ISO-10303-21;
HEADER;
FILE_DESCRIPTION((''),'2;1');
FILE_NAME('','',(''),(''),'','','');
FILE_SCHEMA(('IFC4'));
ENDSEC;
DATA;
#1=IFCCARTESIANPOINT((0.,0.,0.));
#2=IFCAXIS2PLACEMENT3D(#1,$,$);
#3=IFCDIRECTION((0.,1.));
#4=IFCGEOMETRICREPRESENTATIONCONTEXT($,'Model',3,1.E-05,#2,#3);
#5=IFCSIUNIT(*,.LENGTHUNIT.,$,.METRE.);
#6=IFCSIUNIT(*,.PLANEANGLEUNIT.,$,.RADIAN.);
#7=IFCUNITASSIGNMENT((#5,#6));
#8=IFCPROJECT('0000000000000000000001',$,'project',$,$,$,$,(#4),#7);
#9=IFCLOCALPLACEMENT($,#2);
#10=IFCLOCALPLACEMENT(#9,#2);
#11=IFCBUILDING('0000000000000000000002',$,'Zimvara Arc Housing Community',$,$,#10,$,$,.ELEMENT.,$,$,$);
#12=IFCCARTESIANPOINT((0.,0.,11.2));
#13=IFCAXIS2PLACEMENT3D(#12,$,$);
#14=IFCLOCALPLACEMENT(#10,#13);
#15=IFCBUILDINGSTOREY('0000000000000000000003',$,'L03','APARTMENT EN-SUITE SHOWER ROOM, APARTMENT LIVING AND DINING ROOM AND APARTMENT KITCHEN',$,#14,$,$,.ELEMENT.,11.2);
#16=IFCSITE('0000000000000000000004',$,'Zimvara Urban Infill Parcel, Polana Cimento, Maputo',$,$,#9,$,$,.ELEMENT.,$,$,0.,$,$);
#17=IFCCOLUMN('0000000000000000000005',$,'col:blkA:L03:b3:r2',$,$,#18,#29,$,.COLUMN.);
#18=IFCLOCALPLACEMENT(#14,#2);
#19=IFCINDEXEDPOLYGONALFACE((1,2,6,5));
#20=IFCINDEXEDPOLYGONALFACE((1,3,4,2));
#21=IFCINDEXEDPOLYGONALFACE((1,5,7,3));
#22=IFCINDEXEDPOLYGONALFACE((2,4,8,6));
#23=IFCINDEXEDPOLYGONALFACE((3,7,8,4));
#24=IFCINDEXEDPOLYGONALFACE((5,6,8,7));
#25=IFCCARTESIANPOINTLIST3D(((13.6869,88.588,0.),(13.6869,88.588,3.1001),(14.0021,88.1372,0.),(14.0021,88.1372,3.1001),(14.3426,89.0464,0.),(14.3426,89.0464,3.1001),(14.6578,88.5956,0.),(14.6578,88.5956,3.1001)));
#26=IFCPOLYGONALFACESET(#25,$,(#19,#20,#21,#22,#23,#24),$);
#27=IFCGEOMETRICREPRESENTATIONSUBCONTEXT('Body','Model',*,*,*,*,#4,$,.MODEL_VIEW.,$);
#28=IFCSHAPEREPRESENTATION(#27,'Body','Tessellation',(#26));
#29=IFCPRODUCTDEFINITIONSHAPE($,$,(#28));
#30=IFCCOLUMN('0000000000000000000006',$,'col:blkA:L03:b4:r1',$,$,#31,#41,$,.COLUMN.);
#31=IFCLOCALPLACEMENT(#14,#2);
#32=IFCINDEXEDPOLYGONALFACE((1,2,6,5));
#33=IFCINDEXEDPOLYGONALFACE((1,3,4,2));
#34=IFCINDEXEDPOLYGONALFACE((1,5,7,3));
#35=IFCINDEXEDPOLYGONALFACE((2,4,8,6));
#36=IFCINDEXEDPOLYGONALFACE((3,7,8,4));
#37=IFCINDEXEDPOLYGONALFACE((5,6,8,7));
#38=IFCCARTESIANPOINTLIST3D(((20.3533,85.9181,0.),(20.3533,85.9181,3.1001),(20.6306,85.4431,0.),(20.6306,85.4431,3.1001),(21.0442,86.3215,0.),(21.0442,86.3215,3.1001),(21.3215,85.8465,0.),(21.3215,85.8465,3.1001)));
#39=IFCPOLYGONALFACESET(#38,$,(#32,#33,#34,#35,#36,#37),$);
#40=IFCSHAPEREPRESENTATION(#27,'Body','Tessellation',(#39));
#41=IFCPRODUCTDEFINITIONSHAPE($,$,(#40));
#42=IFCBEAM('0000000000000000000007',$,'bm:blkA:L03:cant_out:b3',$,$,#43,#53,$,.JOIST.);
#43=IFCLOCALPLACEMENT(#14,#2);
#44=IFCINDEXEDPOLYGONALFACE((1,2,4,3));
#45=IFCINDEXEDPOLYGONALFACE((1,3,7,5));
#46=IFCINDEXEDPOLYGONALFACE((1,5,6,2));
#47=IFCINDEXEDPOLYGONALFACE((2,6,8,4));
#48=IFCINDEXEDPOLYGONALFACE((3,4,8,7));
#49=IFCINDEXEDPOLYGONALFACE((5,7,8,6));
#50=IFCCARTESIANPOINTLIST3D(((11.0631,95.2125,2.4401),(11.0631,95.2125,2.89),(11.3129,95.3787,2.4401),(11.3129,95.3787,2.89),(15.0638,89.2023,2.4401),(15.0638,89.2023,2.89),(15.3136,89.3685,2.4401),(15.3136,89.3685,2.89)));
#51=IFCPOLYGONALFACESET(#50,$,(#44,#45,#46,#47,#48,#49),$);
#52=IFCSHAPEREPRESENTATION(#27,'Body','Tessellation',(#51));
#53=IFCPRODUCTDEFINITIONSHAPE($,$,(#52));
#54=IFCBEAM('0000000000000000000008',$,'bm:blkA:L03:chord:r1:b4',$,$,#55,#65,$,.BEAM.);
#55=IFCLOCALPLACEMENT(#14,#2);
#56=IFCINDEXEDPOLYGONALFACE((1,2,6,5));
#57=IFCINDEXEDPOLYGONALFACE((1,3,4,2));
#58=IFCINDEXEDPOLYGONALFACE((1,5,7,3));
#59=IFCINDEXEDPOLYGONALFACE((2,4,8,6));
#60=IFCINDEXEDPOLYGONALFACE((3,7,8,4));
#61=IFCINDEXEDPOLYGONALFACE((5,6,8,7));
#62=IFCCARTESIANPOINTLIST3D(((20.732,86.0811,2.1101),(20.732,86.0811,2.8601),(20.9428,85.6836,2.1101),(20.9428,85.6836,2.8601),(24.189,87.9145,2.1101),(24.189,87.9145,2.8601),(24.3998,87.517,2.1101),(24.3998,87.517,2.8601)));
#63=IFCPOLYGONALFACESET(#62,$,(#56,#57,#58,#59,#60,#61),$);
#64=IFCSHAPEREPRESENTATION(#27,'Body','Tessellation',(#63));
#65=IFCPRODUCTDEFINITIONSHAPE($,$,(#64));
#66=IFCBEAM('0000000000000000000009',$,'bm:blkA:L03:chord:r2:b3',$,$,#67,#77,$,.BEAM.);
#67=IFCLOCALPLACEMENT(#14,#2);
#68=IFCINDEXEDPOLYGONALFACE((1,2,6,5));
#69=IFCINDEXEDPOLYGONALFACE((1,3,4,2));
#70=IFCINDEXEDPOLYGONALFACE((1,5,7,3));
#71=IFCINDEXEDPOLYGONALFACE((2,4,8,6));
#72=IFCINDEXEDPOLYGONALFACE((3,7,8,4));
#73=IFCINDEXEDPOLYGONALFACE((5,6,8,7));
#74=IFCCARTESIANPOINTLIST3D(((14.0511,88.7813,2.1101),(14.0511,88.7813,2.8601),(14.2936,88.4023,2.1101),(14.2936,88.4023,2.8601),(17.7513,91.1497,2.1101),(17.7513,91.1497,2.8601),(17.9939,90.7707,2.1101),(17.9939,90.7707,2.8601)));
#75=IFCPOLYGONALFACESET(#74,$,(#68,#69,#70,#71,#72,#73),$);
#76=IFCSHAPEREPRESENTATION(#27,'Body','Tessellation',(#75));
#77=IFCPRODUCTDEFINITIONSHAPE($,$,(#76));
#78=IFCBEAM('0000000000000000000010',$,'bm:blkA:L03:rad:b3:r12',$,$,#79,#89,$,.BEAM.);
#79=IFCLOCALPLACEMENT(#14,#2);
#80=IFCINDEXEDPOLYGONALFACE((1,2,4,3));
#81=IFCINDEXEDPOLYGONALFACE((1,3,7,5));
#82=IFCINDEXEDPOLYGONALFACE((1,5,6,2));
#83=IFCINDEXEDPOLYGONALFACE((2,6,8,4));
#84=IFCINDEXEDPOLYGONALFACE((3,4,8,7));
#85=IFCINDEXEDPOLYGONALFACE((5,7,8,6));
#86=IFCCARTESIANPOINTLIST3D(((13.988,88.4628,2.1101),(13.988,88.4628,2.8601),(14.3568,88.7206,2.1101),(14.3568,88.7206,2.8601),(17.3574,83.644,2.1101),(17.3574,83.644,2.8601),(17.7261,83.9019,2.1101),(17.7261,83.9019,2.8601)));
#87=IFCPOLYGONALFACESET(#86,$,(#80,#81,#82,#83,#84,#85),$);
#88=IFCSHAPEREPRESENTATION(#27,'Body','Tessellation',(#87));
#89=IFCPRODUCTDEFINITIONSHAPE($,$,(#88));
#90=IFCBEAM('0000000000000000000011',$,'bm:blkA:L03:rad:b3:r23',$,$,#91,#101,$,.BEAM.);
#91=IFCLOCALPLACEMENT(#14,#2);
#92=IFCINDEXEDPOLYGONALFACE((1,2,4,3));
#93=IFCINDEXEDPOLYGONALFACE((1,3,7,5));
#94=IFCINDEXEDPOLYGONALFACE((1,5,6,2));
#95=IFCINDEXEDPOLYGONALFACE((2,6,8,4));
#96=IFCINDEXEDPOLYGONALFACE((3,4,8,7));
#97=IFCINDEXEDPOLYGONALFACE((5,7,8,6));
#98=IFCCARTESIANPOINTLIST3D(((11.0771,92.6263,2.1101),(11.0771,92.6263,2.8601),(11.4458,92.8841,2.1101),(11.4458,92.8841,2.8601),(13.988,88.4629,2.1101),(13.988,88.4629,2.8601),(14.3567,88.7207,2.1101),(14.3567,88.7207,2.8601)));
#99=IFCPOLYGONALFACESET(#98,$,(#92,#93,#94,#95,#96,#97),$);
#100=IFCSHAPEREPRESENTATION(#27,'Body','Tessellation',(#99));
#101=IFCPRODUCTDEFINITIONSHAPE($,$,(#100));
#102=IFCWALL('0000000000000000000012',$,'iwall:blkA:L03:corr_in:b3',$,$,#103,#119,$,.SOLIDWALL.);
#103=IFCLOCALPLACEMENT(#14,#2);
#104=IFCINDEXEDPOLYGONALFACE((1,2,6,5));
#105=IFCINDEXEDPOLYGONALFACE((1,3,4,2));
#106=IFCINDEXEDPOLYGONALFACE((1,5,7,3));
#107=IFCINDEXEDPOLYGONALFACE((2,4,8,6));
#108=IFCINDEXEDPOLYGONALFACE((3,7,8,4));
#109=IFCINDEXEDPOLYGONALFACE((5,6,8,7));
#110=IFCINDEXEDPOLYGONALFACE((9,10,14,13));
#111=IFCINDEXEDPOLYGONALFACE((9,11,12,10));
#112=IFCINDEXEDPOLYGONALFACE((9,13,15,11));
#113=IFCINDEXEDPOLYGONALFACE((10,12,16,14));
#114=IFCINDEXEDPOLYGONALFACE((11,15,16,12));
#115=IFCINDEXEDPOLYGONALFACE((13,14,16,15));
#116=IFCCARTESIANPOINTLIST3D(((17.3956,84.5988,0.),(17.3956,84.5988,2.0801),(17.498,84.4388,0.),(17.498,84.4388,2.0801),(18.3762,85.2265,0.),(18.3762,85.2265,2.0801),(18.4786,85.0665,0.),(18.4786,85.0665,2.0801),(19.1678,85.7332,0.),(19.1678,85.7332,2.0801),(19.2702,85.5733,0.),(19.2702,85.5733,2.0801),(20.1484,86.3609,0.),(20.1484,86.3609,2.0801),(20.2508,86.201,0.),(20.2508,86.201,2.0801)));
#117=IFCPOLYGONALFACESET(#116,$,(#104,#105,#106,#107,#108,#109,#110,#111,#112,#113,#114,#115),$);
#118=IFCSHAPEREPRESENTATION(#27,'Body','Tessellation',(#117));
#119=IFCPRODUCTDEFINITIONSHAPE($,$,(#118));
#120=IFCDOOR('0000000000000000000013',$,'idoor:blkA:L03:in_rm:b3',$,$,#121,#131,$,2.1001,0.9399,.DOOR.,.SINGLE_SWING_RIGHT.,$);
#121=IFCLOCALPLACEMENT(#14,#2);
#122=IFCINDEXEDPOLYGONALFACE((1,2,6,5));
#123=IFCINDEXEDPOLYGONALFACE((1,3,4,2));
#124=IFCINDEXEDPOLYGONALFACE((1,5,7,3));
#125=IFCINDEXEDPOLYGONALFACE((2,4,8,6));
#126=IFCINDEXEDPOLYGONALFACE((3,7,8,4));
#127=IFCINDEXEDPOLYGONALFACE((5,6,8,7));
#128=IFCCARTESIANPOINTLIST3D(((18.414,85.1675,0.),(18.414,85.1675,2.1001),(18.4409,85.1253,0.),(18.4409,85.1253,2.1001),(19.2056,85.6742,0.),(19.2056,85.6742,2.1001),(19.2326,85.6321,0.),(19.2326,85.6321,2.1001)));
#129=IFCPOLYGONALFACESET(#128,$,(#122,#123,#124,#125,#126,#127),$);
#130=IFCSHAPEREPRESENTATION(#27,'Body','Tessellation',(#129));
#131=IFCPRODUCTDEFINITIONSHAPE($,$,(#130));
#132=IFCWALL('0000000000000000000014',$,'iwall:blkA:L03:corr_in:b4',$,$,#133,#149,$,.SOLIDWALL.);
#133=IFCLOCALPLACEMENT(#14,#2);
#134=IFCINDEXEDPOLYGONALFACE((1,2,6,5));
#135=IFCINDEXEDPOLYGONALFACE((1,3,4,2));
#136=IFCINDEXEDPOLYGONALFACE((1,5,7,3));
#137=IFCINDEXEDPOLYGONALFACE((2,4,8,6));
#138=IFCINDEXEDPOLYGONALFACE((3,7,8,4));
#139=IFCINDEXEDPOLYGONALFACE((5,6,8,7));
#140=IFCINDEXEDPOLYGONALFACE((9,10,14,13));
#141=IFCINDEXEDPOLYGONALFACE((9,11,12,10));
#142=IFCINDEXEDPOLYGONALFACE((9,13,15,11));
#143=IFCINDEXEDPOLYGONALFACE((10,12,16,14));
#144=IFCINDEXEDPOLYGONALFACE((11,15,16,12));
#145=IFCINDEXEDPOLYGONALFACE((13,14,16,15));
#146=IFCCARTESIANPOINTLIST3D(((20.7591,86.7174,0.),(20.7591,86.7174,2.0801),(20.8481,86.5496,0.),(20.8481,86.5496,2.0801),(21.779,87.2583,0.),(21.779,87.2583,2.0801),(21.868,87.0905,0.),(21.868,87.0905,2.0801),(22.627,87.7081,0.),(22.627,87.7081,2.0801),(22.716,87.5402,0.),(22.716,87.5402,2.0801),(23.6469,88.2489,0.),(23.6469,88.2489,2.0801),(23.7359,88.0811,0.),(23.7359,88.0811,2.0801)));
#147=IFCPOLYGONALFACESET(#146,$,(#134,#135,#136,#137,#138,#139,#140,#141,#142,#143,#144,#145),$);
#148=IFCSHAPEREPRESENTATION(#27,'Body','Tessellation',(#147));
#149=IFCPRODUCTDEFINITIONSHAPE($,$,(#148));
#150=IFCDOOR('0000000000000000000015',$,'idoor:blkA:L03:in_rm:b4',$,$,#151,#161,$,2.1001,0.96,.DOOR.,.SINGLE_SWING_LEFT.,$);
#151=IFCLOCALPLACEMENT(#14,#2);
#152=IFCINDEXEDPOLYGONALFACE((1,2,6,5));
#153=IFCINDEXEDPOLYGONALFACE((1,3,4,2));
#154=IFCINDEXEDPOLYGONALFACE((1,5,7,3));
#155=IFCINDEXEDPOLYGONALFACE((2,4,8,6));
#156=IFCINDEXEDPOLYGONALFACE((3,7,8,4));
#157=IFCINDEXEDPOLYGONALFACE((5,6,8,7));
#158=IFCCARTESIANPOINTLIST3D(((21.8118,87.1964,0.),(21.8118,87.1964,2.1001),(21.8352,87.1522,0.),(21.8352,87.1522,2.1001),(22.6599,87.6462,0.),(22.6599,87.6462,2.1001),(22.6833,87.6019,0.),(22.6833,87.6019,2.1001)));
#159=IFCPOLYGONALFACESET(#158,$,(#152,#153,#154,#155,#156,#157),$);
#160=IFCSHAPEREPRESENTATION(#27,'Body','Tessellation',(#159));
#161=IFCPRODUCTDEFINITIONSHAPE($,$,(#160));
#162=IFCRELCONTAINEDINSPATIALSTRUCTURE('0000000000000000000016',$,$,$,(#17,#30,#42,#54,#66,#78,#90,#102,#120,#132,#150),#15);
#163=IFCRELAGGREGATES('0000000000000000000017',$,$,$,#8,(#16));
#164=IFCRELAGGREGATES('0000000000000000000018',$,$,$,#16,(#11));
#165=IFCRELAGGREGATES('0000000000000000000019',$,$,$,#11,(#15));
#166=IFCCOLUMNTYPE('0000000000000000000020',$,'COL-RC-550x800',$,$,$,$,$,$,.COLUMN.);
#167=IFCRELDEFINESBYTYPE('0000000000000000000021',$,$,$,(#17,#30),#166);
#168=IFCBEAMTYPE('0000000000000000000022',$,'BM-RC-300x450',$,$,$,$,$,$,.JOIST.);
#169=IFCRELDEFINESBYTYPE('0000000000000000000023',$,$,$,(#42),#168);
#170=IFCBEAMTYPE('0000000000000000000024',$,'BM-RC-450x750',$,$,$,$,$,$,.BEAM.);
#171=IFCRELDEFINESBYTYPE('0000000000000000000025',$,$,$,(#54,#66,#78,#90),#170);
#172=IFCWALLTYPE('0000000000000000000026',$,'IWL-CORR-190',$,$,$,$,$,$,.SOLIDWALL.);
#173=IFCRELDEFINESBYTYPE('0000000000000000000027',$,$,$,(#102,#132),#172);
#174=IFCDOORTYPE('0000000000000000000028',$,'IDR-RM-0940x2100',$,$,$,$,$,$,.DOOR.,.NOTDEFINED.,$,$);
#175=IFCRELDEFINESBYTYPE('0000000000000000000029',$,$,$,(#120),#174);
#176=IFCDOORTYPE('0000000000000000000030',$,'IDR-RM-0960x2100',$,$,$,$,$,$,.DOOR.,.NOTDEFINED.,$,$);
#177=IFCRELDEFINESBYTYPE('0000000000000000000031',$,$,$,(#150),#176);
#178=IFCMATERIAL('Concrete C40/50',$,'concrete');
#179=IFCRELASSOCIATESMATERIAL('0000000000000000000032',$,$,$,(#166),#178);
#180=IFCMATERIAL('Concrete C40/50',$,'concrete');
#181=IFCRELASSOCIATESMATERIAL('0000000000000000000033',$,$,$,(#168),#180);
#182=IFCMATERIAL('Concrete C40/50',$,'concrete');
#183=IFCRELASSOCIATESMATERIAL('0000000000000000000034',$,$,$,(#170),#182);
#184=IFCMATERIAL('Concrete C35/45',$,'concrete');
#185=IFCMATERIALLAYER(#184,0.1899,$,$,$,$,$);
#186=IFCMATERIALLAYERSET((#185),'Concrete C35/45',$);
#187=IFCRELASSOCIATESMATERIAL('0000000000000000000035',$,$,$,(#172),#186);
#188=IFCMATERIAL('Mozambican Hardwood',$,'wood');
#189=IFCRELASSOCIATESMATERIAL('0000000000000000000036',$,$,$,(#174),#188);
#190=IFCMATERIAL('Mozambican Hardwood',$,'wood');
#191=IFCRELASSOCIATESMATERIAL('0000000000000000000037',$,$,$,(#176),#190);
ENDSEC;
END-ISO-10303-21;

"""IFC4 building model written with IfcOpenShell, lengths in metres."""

from ifc_helpers import new_model, si_unit, direction, frame, frame_2d, origin, origin_2d, place, context, subcontext, project, spatial, rectangle, extrude, material, layer, layer_set, material_profile, profile_set, type_object, element, fill, save


model = new_model("IFC4")

# Units and contexts
model_context = context("Model", 3, precision=1e-05, world=origin(), true_north=direction((0.0, 1.0)))
body_context = subcontext(model_context, "Body", "Model", "MODEL_VIEW")
ifc_project = project(units=[si_unit("LENGTHUNIT", "METRE"), si_unit("PLANEANGLEUNIT", "RADIAN")], contexts=[model_context])

# Site, building, storey
site_placement = place(None, origin())
site = spatial("IfcSite", under=ifc_project, at=site_placement, Name="Zimvara Urban Infill Parcel, Polana Cimento, Maputo", CompositionType="ELEMENT", RefElevation=0.0)
building_placement = place(site_placement, origin())
building = spatial("IfcBuilding", under=site, at=building_placement, Name="Zimvara Arc Housing Community", CompositionType="ELEMENT")
storey_placement = place(building_placement, frame((0.0, 0.0, 11.2)))
storey = spatial("IfcBuildingStorey", under=building, at=storey_placement, Name="L03", Description="APARTMENT EN-SUITE SHOWER ROOM, APARTMENT LIVING AND DINING ROOM AND APARTMENT KITCHEN", CompositionType="ELEMENT", Elevation=11.2)

# Columns
ifc_material_1 = material(Name="Concrete C40/50", Category="concrete")
ifc_material_profile_1 = material_profile(ifc_material_1, rectangle(XDim=0.55, YDim=0.8, at=origin_2d()), Name="RC 550x800")
ifc_profile_set_1 = profile_set([ifc_material_profile_1], Name="Concrete C40/50")
column_type = type_object("IfcColumnType", Name="COL-RC-550x800", PredefinedType="COLUMN", material=ifc_profile_set_1)
for number, where, z_axis, x_axis, name in (
    (1, (14.1724, 88.5918, 0.0), (0.0, 0.0, 1.0), (-0.573004, 0.819552, 0.0), "col:blkA:L03:b3:r2"),
    (2, (20.8374, 85.8823, 0.0), (0.0, 0.0, 1.0), (-0.504226, 0.863572, 0.0), "col:blkA:L03:b4:r1"),
):
    element("IfcColumn", number, at=place(storey_placement, frame(where, z_axis=z_axis, x_axis=x_axis)), inside=storey, type_object=column_type, Name=name, PredefinedType="COLUMN", context=body_context, shape_type="SweptSolid", body=[
        extrude(rectangle(XDim=0.55, YDim=0.8, at=origin_2d()), origin(), (0.0, 0.0, 1.0), 3.1001),
    ])

# Beams
ifc_material_2 = material(Name="Concrete C40/50", Category="concrete")
ifc_material_profile_2 = material_profile(ifc_material_2, rectangle(XDim=0.3, YDim=0.45, at=origin_2d()), Name="RC 300x450")
ifc_profile_set_2 = profile_set([ifc_material_profile_2], Name="Concrete C40/50")
beam_type_1 = type_object("IfcBeamType", Name="BM-RC-300x450", PredefinedType="JOIST", material=ifc_profile_set_2)
beam_1_placement = place(storey_placement, frame((15.1887, 89.2854, 2.665), z_axis=(-0.554115, 0.83244, 0.0), x_axis=(-0.83244, -0.554115, 0.0)))
element("IfcBeam", 3, at=beam_1_placement, inside=storey, type_object=beam_type_1, Name="bm:blkA:L03:cant_out:b3", PredefinedType="JOIST", context=body_context, shape_type="SweptSolid", body=[
    extrude(rectangle(XDim=0.3, YDim=0.45, at=origin_2d()), origin(), (0.0, 0.0, 1.0), 7.22),
])
ifc_material_3 = material(Name="Concrete C40/50", Category="concrete")
ifc_material_profile_3 = material_profile(ifc_material_3, rectangle(XDim=0.45, YDim=0.75, at=origin_2d()), Name="RC 450x750")
ifc_profile_set_3 = profile_set([ifc_material_profile_3], Name="Concrete C40/50")
beam_type_2 = type_object("IfcBeamType", Name="BM-RC-450x750", PredefinedType="BEAM", material=ifc_profile_set_3)
beam_2_placement = place(storey_placement, frame((20.8374, 85.8823, 2.4851), z_axis=(0.883439, 0.468547, 0.0), x_axis=(-0.468547, 0.883439, 0.0)))
element("IfcBeam", 4, at=beam_2_placement, inside=storey, type_object=beam_type_2, Name="bm:blkA:L03:chord:r1:b4", PredefinedType="BEAM", context=body_context, shape_type="SweptSolid", body=[
    extrude(rectangle(XDim=0.45, YDim=0.75, at=origin_2d()), origin(), (0.0, 0.0, 1.0), 3.9131),
])
beam_3_placement = place(storey_placement, frame((14.1724, 88.5918, 2.4851), z_axis=(0.842242, 0.539099, 0.0), x_axis=(-0.539099, 0.842242, 0.0)))
element("IfcBeam", 5, at=beam_3_placement, inside=storey, type_object=beam_type_2, Name="bm:blkA:L03:chord:r2:b3", PredefinedType="BEAM", context=body_context, shape_type="SweptSolid", body=[
    extrude(rectangle(XDim=0.45, YDim=0.75, at=origin_2d()), origin(), (0.0, 0.0, 1.0), 4.3933),
])
beam_4_placement = place(storey_placement, frame((17.5417, 83.7729, 2.4851), z_axis=(-0.573028, 0.819536, 0.0), x_axis=(-0.819536, -0.573028, 0.0)))
element("IfcBeam", 6, at=beam_4_placement, inside=storey, type_object=beam_type_2, Name="bm:blkA:L03:rad:b3:r12", PredefinedType="BEAM", context=body_context, shape_type="SweptSolid", body=[
    extrude(rectangle(XDim=0.45, YDim=0.75, at=origin_2d()), origin(), (0.0, 0.0, 1.0), 5.8799),
])
beam_5_placement = place(storey_placement, frame((14.1724, 88.5918, 2.4851), z_axis=(-0.573007, 0.81955, 0.0), x_axis=(-0.81955, -0.573007, 0.0)))
element("IfcBeam", 7, at=beam_5_placement, inside=storey, type_object=beam_type_2, Name="bm:blkA:L03:rad:b3:r23", PredefinedType="BEAM", context=body_context, shape_type="SweptSolid", body=[
    extrude(rectangle(XDim=0.45, YDim=0.75, at=origin_2d()), origin(), (0.0, 0.0, 1.0), 5.0801),
])

# Shared definitions
ifc_material_4 = material(Name="Concrete C35/45", Category="concrete")
ifc_layer_1 = layer(ifc_material_4, 0.1899)
ifc_layer_set_1 = layer_set([ifc_layer_1], Name="Concrete C35/45")
wall_type_1 = type_object("IfcWallType", Name="IWL-CORR-190", PredefinedType="SOLIDWALL", material=ifc_layer_set_1)

# Walls, openings, doors
wall_1_placement = place(storey_placement, frame((17.4468, 84.5188, 0.0), z_axis=(0.0, 0.0, 1.0), x_axis=(0.842225, 0.539126, 0.0)))
wall_1 = element("IfcWall", 8, at=wall_1_placement, inside=storey, type_object=wall_type_1, Name="iwall:blkA:L03:corr_in:b3", PredefinedType="SOLIDWALL", context=body_context, shape_type="SweptSolid", body=[
    extrude(rectangle(XDim=3.2686, YDim=0.1899, at=frame_2d((1.6343, 0.0))), origin(), (0.0, 0.0, 1.0), 2.0801),
])
opening_1_placement = place(wall_1_placement, frame((1.1643, 0.0, 0.0)))
opening_1 = element("IfcOpeningElement", 9, at=opening_1_placement, cuts=wall_1, PredefinedType="OPENING", context=body_context, shape_type="SweptSolid", body=[
    extrude(rectangle(XDim=0.9399, YDim=2.1001, at=frame_2d((0.47, 1.05))), frame((0.0, 0.105, 0.0), z_axis=(0.0, -1.0, 0.0), x_axis=(1.0, 0.0, 0.0)), (0.0, 0.0, 1.0), 0.21),
])
ifc_material_5 = material(Name="Mozambican Hardwood", Category="wood")
door_type_1 = type_object("IfcDoorType", Name="IDR-RM-0940x2100", OperationType="NOTDEFINED", PredefinedType="DOOR", material=ifc_material_5)
door_1_placement = place(opening_1_placement, origin())
door_1 = element("IfcDoor", 10, at=door_1_placement, inside=storey, type_object=door_type_1, Name="idoor:blkA:L03:in_rm:b3", OperationType="SINGLE_SWING_RIGHT", OverallHeight=2.1001, OverallWidth=0.9399, PredefinedType="DOOR", context=body_context, shape_type="SweptSolid", body=[
    extrude(rectangle(XDim=0.9399, YDim=2.1001, at=frame_2d((0.47, 1.05))), frame((0.0, 0.0249, 0.0), z_axis=(0.0, -1.0, 0.0), x_axis=(1.0, 0.0, 0.0)), (0.0, 0.0, 1.0), 0.05),
])
fill(opening_1, door_1)
wall_2_placement = place(storey_placement, frame((20.8037, 86.6335, 0.0), z_axis=(0.0, 0.0, 1.0), x_axis=(0.883444, 0.468536, 0.0)))
wall_2 = element("IfcWall", 11, at=wall_2_placement, inside=storey, type_object=wall_type_1, Name="iwall:blkA:L03:corr_in:b4", PredefinedType="SOLIDWALL", context=body_context, shape_type="SweptSolid", body=[
    extrude(rectangle(XDim=3.2688, YDim=0.1899, at=frame_2d((1.6343, 0.0))), origin(), (0.0, 0.0, 1.0), 2.0801),
])
opening_2_placement = place(wall_2_placement, frame((1.1543, 0.0, 0.0)))
opening_2 = element("IfcOpeningElement", 12, at=opening_2_placement, cuts=wall_2, PredefinedType="OPENING", context=body_context, shape_type="SweptSolid", body=[
    extrude(rectangle(XDim=0.96, YDim=2.1001, at=frame_2d((0.48, 1.05))), frame((0.0, 0.105, 0.0), z_axis=(0.0, -1.0, 0.0), x_axis=(1.0, 0.0, 0.0)), (0.0, 0.0, 1.0), 0.21),
])
ifc_material_6 = material(Name="Mozambican Hardwood", Category="wood")
door_type_2 = type_object("IfcDoorType", Name="IDR-RM-0960x2100", OperationType="NOTDEFINED", PredefinedType="DOOR", material=ifc_material_6)
door_2_placement = place(opening_2_placement, origin())
door_2 = element("IfcDoor", 13, at=door_2_placement, inside=storey, type_object=door_type_2, Name="idoor:blkA:L03:in_rm:b4", OperationType="SINGLE_SWING_LEFT", OverallHeight=2.1001, OverallWidth=0.96, PredefinedType="DOOR", context=body_context, shape_type="SweptSolid", body=[
    extrude(rectangle(XDim=0.96, YDim=2.1001, at=frame_2d((0.48, 1.05))), frame((0.0, 0.0249, 0.0), z_axis=(0.0, -1.0, 0.0), x_axis=(1.0, 0.0, 0.0)), (0.0, 0.0, 1.0), 0.05),
])
fill(opening_2, door_2)

save(model, "model.ifc")
